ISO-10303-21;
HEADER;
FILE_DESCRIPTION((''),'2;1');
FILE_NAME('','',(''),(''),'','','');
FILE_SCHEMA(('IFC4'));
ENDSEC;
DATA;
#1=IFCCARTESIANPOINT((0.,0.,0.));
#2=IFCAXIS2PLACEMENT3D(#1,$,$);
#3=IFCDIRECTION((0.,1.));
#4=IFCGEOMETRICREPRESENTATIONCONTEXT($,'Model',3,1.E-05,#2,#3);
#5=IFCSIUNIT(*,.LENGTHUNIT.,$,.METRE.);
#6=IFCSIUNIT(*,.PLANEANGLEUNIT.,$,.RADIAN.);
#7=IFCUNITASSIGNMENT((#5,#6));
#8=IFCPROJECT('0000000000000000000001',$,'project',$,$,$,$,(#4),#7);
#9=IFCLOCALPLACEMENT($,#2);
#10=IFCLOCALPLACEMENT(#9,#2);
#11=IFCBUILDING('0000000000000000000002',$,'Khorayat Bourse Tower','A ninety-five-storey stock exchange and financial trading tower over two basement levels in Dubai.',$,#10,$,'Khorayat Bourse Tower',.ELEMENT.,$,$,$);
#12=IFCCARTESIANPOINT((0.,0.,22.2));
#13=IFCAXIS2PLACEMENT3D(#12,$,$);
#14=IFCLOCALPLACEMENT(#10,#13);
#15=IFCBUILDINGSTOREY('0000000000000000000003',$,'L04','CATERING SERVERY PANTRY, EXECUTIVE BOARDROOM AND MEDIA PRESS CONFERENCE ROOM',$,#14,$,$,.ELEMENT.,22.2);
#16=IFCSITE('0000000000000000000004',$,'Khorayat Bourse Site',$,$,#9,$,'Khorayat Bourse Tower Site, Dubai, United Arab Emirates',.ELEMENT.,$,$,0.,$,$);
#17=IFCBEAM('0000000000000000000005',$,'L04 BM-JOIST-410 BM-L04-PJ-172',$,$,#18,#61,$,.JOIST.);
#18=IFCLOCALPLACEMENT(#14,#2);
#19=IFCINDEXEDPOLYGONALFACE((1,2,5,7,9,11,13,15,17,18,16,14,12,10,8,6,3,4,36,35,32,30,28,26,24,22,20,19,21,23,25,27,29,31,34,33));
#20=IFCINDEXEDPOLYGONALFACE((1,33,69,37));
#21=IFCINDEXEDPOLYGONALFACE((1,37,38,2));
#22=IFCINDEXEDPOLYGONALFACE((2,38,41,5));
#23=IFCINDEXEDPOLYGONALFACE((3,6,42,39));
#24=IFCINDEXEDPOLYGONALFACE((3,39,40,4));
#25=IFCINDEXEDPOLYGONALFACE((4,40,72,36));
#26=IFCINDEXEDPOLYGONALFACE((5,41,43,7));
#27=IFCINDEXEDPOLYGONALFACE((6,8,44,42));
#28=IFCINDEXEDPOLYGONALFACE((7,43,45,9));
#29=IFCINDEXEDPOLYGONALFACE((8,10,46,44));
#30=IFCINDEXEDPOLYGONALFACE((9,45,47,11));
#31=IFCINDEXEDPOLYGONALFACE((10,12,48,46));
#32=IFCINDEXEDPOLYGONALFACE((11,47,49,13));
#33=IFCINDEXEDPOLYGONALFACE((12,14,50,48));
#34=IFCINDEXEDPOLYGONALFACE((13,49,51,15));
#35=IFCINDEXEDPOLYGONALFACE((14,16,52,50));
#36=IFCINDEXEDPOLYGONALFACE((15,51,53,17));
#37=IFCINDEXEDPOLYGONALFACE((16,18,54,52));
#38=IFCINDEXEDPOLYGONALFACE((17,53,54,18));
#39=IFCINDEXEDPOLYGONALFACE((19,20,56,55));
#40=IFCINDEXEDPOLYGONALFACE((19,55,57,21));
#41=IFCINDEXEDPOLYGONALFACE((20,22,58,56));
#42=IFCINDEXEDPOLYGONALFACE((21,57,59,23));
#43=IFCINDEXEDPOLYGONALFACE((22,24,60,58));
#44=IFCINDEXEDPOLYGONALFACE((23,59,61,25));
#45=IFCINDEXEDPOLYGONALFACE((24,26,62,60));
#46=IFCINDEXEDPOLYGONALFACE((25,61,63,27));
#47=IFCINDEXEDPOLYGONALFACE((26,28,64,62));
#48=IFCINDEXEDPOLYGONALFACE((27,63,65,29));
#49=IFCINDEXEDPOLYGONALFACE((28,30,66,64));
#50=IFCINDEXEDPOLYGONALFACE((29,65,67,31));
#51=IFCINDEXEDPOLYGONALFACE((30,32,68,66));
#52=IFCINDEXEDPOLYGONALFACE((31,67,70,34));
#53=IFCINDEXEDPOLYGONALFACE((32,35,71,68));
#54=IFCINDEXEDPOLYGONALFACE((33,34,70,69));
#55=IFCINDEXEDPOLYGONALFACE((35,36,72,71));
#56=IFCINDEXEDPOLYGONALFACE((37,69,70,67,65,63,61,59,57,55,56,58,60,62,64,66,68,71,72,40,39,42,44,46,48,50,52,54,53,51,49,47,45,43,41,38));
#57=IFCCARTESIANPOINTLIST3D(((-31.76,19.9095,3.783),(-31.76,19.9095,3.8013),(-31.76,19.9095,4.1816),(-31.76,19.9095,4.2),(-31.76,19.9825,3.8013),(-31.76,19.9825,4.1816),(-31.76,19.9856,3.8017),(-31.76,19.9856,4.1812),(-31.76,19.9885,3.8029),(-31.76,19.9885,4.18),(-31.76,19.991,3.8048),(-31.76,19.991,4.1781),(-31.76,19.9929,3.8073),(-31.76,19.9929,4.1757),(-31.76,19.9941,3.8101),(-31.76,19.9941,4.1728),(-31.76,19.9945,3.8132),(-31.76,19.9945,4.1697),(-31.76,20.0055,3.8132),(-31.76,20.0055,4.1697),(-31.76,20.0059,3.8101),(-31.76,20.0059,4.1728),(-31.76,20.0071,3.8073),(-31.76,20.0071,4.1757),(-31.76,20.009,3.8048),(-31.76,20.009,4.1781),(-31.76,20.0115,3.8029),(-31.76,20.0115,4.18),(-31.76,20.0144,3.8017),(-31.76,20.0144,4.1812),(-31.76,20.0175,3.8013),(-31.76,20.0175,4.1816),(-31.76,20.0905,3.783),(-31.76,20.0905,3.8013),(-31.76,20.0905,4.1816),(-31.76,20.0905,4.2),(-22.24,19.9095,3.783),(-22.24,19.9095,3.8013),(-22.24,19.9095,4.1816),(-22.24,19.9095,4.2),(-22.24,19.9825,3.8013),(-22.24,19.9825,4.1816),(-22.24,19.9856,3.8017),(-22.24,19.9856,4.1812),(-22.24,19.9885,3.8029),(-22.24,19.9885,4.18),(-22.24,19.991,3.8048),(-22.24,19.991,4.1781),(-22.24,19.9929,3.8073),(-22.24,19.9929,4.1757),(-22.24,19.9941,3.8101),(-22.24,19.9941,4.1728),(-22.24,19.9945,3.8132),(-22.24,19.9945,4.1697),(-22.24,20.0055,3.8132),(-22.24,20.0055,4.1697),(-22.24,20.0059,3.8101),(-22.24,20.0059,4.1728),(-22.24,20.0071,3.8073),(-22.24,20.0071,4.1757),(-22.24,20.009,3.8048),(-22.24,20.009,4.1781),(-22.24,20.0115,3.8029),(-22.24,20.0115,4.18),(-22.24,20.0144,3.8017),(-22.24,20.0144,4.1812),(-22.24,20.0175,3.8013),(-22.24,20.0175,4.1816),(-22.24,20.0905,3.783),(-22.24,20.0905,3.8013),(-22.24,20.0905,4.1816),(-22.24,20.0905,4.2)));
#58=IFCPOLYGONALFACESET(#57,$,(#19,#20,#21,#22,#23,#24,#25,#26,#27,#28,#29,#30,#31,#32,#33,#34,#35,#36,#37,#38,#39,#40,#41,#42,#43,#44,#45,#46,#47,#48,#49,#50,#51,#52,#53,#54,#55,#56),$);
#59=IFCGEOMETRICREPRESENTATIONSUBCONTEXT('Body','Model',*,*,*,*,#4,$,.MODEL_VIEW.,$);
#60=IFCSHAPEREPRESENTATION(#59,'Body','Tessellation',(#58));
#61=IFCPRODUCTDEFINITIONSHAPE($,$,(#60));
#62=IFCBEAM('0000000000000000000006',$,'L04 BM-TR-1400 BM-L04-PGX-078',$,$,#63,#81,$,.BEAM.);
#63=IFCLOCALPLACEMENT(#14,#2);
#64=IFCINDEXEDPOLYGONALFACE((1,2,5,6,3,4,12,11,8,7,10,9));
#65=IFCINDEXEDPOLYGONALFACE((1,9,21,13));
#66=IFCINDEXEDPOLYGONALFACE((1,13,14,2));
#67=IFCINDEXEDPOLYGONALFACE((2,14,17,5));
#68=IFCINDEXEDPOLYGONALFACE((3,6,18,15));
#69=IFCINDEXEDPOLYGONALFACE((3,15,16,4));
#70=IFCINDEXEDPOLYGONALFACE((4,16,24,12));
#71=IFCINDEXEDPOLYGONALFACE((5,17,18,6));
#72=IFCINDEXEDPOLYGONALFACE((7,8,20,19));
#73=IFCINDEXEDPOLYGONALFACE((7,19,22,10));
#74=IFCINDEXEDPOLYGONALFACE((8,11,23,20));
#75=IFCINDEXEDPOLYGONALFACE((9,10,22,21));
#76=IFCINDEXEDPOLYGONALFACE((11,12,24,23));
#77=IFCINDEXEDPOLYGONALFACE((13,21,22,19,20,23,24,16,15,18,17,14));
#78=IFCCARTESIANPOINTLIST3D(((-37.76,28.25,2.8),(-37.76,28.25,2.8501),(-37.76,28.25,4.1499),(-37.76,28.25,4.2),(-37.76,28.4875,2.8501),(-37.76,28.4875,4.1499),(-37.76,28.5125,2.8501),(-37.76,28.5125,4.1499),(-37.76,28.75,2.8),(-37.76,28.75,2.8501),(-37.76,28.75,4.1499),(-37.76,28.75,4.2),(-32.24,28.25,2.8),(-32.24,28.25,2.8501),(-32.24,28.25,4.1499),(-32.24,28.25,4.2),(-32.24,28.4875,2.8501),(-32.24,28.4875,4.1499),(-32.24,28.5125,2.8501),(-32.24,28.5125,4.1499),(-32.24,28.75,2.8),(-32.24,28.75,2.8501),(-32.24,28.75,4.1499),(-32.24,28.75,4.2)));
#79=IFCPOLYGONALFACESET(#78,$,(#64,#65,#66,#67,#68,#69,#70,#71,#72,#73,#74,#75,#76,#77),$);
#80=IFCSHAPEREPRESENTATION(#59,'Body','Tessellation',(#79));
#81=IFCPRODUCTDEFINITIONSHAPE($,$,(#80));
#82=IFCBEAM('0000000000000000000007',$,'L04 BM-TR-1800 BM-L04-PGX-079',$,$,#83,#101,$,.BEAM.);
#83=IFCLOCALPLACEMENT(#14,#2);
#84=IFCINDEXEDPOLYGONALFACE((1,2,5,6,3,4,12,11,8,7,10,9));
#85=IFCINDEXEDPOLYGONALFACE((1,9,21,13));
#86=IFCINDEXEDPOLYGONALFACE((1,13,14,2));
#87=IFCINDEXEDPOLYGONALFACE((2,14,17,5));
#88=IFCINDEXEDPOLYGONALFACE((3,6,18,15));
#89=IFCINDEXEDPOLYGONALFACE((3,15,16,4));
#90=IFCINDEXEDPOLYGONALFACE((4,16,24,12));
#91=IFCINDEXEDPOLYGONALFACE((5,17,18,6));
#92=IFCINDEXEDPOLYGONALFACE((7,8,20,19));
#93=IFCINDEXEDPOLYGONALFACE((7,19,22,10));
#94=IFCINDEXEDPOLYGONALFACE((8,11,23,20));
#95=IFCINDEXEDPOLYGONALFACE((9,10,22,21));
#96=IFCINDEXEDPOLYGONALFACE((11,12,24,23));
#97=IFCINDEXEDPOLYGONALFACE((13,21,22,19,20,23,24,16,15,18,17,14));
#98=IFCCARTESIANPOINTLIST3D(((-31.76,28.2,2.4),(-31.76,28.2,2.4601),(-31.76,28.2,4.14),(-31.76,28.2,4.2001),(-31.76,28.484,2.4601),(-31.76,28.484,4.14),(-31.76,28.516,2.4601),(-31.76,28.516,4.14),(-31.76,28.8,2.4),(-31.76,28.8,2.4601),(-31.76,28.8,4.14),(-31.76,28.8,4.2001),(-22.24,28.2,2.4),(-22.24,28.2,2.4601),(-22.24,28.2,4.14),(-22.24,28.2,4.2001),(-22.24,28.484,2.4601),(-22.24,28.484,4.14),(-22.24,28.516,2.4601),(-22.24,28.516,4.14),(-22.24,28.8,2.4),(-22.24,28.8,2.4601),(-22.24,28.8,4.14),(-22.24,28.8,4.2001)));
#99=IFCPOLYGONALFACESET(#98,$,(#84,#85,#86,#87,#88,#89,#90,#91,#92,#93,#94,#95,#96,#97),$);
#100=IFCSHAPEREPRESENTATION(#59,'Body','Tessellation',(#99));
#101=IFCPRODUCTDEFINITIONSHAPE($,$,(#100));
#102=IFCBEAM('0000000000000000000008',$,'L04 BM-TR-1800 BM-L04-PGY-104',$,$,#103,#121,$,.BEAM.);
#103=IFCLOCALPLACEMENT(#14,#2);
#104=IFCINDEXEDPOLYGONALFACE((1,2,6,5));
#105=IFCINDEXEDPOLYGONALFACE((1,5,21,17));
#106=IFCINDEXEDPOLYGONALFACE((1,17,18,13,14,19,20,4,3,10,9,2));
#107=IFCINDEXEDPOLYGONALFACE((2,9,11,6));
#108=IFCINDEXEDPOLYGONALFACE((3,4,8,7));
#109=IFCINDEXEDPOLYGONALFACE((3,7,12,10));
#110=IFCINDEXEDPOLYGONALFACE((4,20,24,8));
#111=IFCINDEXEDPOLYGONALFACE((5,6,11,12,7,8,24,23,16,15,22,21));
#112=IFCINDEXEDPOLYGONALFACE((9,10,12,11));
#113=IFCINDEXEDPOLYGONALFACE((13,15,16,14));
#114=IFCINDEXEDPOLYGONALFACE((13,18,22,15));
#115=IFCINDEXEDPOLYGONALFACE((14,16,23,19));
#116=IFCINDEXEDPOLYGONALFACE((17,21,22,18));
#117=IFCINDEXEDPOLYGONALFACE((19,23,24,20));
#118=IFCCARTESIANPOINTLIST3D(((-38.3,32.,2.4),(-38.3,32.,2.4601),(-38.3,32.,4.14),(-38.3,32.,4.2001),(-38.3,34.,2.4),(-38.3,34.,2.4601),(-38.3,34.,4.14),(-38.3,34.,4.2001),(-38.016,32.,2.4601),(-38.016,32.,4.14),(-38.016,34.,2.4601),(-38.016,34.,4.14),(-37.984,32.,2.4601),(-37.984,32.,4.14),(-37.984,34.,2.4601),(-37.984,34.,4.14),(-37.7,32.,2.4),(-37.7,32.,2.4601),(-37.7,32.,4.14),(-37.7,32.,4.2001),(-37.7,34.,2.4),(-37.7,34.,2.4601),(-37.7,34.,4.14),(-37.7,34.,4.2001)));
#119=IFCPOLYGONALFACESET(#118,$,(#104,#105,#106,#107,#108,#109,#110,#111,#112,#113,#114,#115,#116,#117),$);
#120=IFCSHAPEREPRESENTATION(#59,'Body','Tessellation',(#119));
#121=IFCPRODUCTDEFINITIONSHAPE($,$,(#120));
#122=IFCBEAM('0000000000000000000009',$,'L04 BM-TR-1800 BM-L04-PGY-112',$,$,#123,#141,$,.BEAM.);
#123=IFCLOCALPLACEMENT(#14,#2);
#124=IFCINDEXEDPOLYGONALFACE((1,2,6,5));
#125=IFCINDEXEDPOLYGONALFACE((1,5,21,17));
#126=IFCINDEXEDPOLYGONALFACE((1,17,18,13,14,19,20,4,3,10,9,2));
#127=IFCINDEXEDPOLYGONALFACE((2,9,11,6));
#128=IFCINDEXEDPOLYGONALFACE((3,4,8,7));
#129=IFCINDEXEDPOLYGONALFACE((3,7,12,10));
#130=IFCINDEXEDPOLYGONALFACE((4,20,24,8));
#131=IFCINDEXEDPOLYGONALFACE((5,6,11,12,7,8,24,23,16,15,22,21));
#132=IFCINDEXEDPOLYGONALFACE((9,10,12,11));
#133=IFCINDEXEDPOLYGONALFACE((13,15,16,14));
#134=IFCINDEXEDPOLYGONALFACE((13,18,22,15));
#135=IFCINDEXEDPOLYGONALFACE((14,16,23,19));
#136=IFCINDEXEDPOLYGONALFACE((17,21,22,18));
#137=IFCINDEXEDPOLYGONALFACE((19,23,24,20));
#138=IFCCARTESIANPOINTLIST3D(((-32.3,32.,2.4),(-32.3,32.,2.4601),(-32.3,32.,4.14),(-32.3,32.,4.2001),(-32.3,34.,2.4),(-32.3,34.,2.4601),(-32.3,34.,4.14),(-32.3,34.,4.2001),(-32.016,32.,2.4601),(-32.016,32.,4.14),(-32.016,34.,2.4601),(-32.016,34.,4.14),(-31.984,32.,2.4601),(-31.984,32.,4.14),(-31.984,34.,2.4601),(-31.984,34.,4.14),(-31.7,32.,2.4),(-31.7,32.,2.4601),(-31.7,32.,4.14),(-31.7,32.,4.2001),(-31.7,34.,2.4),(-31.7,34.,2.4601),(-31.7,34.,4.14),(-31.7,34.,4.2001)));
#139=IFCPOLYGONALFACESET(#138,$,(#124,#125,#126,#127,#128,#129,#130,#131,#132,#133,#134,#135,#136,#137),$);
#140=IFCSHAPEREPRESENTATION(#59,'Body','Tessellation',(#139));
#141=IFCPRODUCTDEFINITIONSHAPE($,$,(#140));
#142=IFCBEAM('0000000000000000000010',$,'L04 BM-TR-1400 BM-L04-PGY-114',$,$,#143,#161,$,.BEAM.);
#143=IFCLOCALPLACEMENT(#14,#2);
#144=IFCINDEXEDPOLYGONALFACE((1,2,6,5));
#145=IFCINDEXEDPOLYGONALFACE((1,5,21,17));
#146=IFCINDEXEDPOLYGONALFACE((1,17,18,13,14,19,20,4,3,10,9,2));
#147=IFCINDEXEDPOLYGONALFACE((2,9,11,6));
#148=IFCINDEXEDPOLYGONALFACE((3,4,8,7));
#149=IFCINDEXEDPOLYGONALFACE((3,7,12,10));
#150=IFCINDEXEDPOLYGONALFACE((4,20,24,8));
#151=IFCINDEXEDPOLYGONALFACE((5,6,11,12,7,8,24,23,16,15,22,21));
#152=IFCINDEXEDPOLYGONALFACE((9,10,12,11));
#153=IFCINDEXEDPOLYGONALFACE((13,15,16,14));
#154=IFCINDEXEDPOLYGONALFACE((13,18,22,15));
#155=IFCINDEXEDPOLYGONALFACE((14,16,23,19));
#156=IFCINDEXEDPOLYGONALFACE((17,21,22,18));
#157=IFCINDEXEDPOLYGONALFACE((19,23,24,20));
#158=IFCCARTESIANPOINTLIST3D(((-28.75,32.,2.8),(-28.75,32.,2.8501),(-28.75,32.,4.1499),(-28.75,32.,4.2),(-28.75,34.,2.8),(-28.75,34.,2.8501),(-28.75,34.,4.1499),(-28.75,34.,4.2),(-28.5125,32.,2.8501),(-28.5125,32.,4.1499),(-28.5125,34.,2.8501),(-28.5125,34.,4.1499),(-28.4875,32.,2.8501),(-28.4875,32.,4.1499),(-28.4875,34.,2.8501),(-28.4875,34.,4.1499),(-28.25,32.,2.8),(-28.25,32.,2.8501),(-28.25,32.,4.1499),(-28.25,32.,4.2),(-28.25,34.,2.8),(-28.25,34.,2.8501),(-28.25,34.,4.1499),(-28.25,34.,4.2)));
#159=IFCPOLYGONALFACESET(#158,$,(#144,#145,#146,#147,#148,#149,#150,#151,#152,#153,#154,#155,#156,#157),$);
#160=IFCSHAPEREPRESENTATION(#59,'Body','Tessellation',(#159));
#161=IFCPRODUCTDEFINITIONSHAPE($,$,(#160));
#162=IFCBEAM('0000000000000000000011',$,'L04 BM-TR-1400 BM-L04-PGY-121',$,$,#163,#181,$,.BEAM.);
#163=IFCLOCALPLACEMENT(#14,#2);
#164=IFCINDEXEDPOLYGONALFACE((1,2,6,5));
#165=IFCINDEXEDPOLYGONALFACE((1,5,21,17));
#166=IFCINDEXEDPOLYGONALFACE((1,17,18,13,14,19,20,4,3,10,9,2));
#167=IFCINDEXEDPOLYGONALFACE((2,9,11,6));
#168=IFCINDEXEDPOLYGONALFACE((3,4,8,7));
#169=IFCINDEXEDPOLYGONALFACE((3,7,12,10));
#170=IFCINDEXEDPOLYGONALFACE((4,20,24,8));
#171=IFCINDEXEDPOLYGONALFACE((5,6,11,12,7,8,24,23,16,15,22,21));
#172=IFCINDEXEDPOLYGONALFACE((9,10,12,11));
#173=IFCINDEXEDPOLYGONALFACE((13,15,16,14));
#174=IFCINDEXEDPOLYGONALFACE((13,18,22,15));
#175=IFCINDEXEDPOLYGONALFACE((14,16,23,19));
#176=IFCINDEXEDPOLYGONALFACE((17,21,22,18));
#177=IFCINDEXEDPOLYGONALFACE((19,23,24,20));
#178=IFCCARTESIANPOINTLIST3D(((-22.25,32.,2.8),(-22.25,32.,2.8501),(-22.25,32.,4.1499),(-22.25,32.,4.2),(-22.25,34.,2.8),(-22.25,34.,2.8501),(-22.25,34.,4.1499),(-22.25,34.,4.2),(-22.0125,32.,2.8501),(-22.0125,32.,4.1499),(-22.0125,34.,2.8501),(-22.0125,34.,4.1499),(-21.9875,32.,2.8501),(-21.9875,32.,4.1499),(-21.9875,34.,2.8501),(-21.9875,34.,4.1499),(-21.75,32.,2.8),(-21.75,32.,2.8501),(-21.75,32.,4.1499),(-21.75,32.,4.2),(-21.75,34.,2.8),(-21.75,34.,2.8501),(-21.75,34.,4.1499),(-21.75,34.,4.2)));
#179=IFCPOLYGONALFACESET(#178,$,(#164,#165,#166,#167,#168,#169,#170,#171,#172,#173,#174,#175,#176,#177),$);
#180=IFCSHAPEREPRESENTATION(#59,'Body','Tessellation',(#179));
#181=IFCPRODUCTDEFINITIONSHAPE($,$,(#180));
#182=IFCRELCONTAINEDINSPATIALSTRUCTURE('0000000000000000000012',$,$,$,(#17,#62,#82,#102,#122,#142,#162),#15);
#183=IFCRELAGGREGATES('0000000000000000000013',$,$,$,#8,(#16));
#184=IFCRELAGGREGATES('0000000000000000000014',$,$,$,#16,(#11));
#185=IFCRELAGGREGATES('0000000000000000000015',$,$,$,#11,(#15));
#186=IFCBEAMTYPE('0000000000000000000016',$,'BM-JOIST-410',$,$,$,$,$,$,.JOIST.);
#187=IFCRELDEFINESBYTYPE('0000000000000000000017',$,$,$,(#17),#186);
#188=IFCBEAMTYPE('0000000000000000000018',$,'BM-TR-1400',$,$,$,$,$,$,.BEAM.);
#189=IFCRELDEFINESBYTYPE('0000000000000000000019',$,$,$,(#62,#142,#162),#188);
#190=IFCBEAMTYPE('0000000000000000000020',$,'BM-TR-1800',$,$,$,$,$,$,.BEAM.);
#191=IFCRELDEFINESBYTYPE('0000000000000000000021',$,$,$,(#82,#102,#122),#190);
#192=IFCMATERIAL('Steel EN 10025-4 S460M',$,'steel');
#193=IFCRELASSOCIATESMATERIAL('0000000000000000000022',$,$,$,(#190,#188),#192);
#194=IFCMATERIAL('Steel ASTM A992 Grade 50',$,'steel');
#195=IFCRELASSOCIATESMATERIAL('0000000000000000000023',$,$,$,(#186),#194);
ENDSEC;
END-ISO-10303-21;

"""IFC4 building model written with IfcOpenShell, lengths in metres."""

from ifc_helpers import new_model, si_unit, direction, frame, origin, origin_2d, place, context, subcontext, project, spatial, i_section, extrude, source, transform, mapped, material, material_profile, profile_set, type_object, element, save


model = new_model("IFC4")

# Units and contexts
model_context = context("Model", 3, precision=1e-05, world=origin(), true_north=direction((0.0, 1.0)))
body_context = subcontext(model_context, "Body", "Model", "MODEL_VIEW")
ifc_project = project(units=[si_unit("LENGTHUNIT", "METRE"), si_unit("PLANEANGLEUNIT", "RADIAN")], contexts=[model_context])

# Site, building, storey
site_placement = place(None, origin())
site = spatial("IfcSite", under=ifc_project, at=site_placement, Name="Khorayat Bourse Site", LongName="Khorayat Bourse Tower Site, Dubai, United Arab Emirates", CompositionType="ELEMENT", RefElevation=0.0)
building_placement = place(site_placement, origin())
building = spatial("IfcBuilding", under=site, at=building_placement, Name="Khorayat Bourse Tower", Description="A ninety-five-storey stock exchange and financial trading tower over two basement levels in Dubai.", LongName="Khorayat Bourse Tower", CompositionType="ELEMENT")
storey_placement = place(building_placement, frame((0.0, 0.0, 22.2)))
storey = spatial("IfcBuildingStorey", under=building, at=storey_placement, Name="L04", Description="CATERING SERVERY PANTRY, EXECUTIVE BOARDROOM AND MEDIA PRESS CONFERENCE ROOM", CompositionType="ELEMENT", Elevation=22.2)

# Beams
ifc_material_1 = material(Name="Steel EN 10025-4 S460M", Category="steel")
ifc_material_profile_1 = material_profile(ifc_material_1, i_section(OverallWidth=0.6001, OverallDepth=1.8, WebThickness=0.032, FlangeThickness=0.0601, at=origin_2d()), Name="PG 1800x600x32x60")
ifc_profile_set_1 = profile_set([ifc_material_profile_1], Name="Steel EN 10025-4 S460M")
beam_type_1 = type_object("IfcBeamType", Name="BM-TR-1800", PredefinedType="BEAM", material=ifc_profile_set_1)
ifc_material_profile_2 = material_profile(ifc_material_1, i_section(OverallWidth=0.5, OverallDepth=1.3999, WebThickness=0.0249, FlangeThickness=0.05, at=origin_2d()), Name="PG 1400x500x25x50")
ifc_profile_set_2 = profile_set([ifc_material_profile_2], Name="Steel EN 10025-4 S460M")
beam_type_2 = type_object("IfcBeamType", Name="BM-TR-1400", PredefinedType="BEAM", material=ifc_profile_set_2)
ifc_material_2 = material(Name="Steel ASTM A992 Grade 50", Category="steel")
ifc_material_profile_3 = material_profile(ifc_material_2, i_section(OverallWidth=0.1809, OverallDepth=0.417, WebThickness=0.011, FlangeThickness=0.0183, FilletRadius=0.012, at=origin_2d()), Name="W410X85")
ifc_profile_set_3 = profile_set([ifc_material_profile_3], Name="Steel ASTM A992 Grade 50")
beam_type_3 = type_object("IfcBeamType", Name="BM-JOIST-410", PredefinedType="JOIST", material=ifc_profile_set_3)
shared_shape_1 = source(origin(), body_context, "Body", "SweptSolid", [
    extrude(i_section(OverallWidth=0.1809, OverallDepth=0.417, WebThickness=0.011, FlangeThickness=0.0183, FilletRadius=0.012, at=origin_2d()), origin(), (0.0, 0.0, 1.0), 9.52),
])
beam_1_placement = place(storey_placement, frame((-31.76, 20.0, 3.9915), z_axis=(1.0, 0.0, 0.0), x_axis=(0.0, 1.0, 0.0)))
element("IfcBeam", 1, at=beam_1_placement, inside=storey, type_object=beam_type_3, Name="L04 BM-JOIST-410 BM-L04-PJ-172", PredefinedType="JOIST", context=body_context, shape_type="MappedRepresentation", body=[
    mapped(shared_shape_1, transform((0.0, 0.0, 0.0), scale=1.0)),
])
shared_shape_2 = source(origin(), body_context, "Body", "SweptSolid", [
    extrude(i_section(OverallWidth=0.5, OverallDepth=1.3999, WebThickness=0.0249, FlangeThickness=0.05, at=origin_2d()), origin(), (0.0, 0.0, 1.0), 5.52),
])
beam_2_placement = place(storey_placement, frame((-37.76, 28.5, 3.5), z_axis=(1.0, 0.0, 0.0), x_axis=(0.0, 1.0, 0.0)))
element("IfcBeam", 2, at=beam_2_placement, inside=storey, type_object=beam_type_2, Name="L04 BM-TR-1400 BM-L04-PGX-078", PredefinedType="BEAM", context=body_context, shape_type="MappedRepresentation", body=[
    mapped(shared_shape_2, transform((0.0, 0.0, 0.0), scale=1.0)),
])
shared_shape_3 = source(origin(), body_context, "Body", "SweptSolid", [
    extrude(i_section(OverallWidth=0.6001, OverallDepth=1.8, WebThickness=0.032, FlangeThickness=0.0601, at=origin_2d()), origin(), (0.0, 0.0, 1.0), 9.52),
])
beam_3_placement = place(storey_placement, frame((-31.76, 28.5, 3.3), z_axis=(1.0, 0.0, 0.0), x_axis=(0.0, 1.0, 0.0)))
element("IfcBeam", 3, at=beam_3_placement, inside=storey, type_object=beam_type_1, Name="L04 BM-TR-1800 BM-L04-PGX-079", PredefinedType="BEAM", context=body_context, shape_type="MappedRepresentation", body=[
    mapped(shared_shape_3, transform((0.0, 0.0, 0.0), scale=1.0)),
])
shared_shape_4 = source(origin(), body_context, "Body", "SweptSolid", [
    extrude(i_section(OverallWidth=0.6001, OverallDepth=1.8, WebThickness=0.032, FlangeThickness=0.0601, at=origin_2d()), origin(), (0.0, 0.0, 1.0), 2.0),
])
for number, where, z_axis, x_axis, name in (
    (4, (-38.0, 32.0, 3.3), (0.0, 1.0, 0.0), (-1.0, 0.0, 0.0), "L04 BM-TR-1800 BM-L04-PGY-104"),
    (5, (-32.0, 32.0, 3.3), (0.0, 1.0, 0.0), (-1.0, 0.0, 0.0), "L04 BM-TR-1800 BM-L04-PGY-112"),
):
    element("IfcBeam", number, at=place(storey_placement, frame(where, z_axis=z_axis, x_axis=x_axis)), inside=storey, type_object=beam_type_1, Name=name, PredefinedType="BEAM", context=body_context, shape_type="MappedRepresentation", body=[
        mapped(shared_shape_4, transform((0.0, 0.0, 0.0), scale=1.0)),
    ])
shared_shape_5 = source(origin(), body_context, "Body", "SweptSolid", [
    extrude(i_section(OverallWidth=0.5, OverallDepth=1.3999, WebThickness=0.0249, FlangeThickness=0.05, at=origin_2d()), origin(), (0.0, 0.0, 1.0), 2.0),
])
for number, where, z_axis, x_axis, name in (
    (6, (-28.5, 32.0, 3.5), (0.0, 1.0, 0.0), (-1.0, 0.0, 0.0), "L04 BM-TR-1400 BM-L04-PGY-114"),
    (7, (-22.0, 32.0, 3.5), (0.0, 1.0, 0.0), (-1.0, 0.0, 0.0), "L04 BM-TR-1400 BM-L04-PGY-121"),
):
    element("IfcBeam", number, at=place(storey_placement, frame(where, z_axis=z_axis, x_axis=x_axis)), inside=storey, type_object=beam_type_2, Name=name, PredefinedType="BEAM", context=body_context, shape_type="MappedRepresentation", body=[
        mapped(shared_shape_5, transform((0.0, 0.0, 0.0), scale=1.0)),
    ])

save(model, "model.ifc")
